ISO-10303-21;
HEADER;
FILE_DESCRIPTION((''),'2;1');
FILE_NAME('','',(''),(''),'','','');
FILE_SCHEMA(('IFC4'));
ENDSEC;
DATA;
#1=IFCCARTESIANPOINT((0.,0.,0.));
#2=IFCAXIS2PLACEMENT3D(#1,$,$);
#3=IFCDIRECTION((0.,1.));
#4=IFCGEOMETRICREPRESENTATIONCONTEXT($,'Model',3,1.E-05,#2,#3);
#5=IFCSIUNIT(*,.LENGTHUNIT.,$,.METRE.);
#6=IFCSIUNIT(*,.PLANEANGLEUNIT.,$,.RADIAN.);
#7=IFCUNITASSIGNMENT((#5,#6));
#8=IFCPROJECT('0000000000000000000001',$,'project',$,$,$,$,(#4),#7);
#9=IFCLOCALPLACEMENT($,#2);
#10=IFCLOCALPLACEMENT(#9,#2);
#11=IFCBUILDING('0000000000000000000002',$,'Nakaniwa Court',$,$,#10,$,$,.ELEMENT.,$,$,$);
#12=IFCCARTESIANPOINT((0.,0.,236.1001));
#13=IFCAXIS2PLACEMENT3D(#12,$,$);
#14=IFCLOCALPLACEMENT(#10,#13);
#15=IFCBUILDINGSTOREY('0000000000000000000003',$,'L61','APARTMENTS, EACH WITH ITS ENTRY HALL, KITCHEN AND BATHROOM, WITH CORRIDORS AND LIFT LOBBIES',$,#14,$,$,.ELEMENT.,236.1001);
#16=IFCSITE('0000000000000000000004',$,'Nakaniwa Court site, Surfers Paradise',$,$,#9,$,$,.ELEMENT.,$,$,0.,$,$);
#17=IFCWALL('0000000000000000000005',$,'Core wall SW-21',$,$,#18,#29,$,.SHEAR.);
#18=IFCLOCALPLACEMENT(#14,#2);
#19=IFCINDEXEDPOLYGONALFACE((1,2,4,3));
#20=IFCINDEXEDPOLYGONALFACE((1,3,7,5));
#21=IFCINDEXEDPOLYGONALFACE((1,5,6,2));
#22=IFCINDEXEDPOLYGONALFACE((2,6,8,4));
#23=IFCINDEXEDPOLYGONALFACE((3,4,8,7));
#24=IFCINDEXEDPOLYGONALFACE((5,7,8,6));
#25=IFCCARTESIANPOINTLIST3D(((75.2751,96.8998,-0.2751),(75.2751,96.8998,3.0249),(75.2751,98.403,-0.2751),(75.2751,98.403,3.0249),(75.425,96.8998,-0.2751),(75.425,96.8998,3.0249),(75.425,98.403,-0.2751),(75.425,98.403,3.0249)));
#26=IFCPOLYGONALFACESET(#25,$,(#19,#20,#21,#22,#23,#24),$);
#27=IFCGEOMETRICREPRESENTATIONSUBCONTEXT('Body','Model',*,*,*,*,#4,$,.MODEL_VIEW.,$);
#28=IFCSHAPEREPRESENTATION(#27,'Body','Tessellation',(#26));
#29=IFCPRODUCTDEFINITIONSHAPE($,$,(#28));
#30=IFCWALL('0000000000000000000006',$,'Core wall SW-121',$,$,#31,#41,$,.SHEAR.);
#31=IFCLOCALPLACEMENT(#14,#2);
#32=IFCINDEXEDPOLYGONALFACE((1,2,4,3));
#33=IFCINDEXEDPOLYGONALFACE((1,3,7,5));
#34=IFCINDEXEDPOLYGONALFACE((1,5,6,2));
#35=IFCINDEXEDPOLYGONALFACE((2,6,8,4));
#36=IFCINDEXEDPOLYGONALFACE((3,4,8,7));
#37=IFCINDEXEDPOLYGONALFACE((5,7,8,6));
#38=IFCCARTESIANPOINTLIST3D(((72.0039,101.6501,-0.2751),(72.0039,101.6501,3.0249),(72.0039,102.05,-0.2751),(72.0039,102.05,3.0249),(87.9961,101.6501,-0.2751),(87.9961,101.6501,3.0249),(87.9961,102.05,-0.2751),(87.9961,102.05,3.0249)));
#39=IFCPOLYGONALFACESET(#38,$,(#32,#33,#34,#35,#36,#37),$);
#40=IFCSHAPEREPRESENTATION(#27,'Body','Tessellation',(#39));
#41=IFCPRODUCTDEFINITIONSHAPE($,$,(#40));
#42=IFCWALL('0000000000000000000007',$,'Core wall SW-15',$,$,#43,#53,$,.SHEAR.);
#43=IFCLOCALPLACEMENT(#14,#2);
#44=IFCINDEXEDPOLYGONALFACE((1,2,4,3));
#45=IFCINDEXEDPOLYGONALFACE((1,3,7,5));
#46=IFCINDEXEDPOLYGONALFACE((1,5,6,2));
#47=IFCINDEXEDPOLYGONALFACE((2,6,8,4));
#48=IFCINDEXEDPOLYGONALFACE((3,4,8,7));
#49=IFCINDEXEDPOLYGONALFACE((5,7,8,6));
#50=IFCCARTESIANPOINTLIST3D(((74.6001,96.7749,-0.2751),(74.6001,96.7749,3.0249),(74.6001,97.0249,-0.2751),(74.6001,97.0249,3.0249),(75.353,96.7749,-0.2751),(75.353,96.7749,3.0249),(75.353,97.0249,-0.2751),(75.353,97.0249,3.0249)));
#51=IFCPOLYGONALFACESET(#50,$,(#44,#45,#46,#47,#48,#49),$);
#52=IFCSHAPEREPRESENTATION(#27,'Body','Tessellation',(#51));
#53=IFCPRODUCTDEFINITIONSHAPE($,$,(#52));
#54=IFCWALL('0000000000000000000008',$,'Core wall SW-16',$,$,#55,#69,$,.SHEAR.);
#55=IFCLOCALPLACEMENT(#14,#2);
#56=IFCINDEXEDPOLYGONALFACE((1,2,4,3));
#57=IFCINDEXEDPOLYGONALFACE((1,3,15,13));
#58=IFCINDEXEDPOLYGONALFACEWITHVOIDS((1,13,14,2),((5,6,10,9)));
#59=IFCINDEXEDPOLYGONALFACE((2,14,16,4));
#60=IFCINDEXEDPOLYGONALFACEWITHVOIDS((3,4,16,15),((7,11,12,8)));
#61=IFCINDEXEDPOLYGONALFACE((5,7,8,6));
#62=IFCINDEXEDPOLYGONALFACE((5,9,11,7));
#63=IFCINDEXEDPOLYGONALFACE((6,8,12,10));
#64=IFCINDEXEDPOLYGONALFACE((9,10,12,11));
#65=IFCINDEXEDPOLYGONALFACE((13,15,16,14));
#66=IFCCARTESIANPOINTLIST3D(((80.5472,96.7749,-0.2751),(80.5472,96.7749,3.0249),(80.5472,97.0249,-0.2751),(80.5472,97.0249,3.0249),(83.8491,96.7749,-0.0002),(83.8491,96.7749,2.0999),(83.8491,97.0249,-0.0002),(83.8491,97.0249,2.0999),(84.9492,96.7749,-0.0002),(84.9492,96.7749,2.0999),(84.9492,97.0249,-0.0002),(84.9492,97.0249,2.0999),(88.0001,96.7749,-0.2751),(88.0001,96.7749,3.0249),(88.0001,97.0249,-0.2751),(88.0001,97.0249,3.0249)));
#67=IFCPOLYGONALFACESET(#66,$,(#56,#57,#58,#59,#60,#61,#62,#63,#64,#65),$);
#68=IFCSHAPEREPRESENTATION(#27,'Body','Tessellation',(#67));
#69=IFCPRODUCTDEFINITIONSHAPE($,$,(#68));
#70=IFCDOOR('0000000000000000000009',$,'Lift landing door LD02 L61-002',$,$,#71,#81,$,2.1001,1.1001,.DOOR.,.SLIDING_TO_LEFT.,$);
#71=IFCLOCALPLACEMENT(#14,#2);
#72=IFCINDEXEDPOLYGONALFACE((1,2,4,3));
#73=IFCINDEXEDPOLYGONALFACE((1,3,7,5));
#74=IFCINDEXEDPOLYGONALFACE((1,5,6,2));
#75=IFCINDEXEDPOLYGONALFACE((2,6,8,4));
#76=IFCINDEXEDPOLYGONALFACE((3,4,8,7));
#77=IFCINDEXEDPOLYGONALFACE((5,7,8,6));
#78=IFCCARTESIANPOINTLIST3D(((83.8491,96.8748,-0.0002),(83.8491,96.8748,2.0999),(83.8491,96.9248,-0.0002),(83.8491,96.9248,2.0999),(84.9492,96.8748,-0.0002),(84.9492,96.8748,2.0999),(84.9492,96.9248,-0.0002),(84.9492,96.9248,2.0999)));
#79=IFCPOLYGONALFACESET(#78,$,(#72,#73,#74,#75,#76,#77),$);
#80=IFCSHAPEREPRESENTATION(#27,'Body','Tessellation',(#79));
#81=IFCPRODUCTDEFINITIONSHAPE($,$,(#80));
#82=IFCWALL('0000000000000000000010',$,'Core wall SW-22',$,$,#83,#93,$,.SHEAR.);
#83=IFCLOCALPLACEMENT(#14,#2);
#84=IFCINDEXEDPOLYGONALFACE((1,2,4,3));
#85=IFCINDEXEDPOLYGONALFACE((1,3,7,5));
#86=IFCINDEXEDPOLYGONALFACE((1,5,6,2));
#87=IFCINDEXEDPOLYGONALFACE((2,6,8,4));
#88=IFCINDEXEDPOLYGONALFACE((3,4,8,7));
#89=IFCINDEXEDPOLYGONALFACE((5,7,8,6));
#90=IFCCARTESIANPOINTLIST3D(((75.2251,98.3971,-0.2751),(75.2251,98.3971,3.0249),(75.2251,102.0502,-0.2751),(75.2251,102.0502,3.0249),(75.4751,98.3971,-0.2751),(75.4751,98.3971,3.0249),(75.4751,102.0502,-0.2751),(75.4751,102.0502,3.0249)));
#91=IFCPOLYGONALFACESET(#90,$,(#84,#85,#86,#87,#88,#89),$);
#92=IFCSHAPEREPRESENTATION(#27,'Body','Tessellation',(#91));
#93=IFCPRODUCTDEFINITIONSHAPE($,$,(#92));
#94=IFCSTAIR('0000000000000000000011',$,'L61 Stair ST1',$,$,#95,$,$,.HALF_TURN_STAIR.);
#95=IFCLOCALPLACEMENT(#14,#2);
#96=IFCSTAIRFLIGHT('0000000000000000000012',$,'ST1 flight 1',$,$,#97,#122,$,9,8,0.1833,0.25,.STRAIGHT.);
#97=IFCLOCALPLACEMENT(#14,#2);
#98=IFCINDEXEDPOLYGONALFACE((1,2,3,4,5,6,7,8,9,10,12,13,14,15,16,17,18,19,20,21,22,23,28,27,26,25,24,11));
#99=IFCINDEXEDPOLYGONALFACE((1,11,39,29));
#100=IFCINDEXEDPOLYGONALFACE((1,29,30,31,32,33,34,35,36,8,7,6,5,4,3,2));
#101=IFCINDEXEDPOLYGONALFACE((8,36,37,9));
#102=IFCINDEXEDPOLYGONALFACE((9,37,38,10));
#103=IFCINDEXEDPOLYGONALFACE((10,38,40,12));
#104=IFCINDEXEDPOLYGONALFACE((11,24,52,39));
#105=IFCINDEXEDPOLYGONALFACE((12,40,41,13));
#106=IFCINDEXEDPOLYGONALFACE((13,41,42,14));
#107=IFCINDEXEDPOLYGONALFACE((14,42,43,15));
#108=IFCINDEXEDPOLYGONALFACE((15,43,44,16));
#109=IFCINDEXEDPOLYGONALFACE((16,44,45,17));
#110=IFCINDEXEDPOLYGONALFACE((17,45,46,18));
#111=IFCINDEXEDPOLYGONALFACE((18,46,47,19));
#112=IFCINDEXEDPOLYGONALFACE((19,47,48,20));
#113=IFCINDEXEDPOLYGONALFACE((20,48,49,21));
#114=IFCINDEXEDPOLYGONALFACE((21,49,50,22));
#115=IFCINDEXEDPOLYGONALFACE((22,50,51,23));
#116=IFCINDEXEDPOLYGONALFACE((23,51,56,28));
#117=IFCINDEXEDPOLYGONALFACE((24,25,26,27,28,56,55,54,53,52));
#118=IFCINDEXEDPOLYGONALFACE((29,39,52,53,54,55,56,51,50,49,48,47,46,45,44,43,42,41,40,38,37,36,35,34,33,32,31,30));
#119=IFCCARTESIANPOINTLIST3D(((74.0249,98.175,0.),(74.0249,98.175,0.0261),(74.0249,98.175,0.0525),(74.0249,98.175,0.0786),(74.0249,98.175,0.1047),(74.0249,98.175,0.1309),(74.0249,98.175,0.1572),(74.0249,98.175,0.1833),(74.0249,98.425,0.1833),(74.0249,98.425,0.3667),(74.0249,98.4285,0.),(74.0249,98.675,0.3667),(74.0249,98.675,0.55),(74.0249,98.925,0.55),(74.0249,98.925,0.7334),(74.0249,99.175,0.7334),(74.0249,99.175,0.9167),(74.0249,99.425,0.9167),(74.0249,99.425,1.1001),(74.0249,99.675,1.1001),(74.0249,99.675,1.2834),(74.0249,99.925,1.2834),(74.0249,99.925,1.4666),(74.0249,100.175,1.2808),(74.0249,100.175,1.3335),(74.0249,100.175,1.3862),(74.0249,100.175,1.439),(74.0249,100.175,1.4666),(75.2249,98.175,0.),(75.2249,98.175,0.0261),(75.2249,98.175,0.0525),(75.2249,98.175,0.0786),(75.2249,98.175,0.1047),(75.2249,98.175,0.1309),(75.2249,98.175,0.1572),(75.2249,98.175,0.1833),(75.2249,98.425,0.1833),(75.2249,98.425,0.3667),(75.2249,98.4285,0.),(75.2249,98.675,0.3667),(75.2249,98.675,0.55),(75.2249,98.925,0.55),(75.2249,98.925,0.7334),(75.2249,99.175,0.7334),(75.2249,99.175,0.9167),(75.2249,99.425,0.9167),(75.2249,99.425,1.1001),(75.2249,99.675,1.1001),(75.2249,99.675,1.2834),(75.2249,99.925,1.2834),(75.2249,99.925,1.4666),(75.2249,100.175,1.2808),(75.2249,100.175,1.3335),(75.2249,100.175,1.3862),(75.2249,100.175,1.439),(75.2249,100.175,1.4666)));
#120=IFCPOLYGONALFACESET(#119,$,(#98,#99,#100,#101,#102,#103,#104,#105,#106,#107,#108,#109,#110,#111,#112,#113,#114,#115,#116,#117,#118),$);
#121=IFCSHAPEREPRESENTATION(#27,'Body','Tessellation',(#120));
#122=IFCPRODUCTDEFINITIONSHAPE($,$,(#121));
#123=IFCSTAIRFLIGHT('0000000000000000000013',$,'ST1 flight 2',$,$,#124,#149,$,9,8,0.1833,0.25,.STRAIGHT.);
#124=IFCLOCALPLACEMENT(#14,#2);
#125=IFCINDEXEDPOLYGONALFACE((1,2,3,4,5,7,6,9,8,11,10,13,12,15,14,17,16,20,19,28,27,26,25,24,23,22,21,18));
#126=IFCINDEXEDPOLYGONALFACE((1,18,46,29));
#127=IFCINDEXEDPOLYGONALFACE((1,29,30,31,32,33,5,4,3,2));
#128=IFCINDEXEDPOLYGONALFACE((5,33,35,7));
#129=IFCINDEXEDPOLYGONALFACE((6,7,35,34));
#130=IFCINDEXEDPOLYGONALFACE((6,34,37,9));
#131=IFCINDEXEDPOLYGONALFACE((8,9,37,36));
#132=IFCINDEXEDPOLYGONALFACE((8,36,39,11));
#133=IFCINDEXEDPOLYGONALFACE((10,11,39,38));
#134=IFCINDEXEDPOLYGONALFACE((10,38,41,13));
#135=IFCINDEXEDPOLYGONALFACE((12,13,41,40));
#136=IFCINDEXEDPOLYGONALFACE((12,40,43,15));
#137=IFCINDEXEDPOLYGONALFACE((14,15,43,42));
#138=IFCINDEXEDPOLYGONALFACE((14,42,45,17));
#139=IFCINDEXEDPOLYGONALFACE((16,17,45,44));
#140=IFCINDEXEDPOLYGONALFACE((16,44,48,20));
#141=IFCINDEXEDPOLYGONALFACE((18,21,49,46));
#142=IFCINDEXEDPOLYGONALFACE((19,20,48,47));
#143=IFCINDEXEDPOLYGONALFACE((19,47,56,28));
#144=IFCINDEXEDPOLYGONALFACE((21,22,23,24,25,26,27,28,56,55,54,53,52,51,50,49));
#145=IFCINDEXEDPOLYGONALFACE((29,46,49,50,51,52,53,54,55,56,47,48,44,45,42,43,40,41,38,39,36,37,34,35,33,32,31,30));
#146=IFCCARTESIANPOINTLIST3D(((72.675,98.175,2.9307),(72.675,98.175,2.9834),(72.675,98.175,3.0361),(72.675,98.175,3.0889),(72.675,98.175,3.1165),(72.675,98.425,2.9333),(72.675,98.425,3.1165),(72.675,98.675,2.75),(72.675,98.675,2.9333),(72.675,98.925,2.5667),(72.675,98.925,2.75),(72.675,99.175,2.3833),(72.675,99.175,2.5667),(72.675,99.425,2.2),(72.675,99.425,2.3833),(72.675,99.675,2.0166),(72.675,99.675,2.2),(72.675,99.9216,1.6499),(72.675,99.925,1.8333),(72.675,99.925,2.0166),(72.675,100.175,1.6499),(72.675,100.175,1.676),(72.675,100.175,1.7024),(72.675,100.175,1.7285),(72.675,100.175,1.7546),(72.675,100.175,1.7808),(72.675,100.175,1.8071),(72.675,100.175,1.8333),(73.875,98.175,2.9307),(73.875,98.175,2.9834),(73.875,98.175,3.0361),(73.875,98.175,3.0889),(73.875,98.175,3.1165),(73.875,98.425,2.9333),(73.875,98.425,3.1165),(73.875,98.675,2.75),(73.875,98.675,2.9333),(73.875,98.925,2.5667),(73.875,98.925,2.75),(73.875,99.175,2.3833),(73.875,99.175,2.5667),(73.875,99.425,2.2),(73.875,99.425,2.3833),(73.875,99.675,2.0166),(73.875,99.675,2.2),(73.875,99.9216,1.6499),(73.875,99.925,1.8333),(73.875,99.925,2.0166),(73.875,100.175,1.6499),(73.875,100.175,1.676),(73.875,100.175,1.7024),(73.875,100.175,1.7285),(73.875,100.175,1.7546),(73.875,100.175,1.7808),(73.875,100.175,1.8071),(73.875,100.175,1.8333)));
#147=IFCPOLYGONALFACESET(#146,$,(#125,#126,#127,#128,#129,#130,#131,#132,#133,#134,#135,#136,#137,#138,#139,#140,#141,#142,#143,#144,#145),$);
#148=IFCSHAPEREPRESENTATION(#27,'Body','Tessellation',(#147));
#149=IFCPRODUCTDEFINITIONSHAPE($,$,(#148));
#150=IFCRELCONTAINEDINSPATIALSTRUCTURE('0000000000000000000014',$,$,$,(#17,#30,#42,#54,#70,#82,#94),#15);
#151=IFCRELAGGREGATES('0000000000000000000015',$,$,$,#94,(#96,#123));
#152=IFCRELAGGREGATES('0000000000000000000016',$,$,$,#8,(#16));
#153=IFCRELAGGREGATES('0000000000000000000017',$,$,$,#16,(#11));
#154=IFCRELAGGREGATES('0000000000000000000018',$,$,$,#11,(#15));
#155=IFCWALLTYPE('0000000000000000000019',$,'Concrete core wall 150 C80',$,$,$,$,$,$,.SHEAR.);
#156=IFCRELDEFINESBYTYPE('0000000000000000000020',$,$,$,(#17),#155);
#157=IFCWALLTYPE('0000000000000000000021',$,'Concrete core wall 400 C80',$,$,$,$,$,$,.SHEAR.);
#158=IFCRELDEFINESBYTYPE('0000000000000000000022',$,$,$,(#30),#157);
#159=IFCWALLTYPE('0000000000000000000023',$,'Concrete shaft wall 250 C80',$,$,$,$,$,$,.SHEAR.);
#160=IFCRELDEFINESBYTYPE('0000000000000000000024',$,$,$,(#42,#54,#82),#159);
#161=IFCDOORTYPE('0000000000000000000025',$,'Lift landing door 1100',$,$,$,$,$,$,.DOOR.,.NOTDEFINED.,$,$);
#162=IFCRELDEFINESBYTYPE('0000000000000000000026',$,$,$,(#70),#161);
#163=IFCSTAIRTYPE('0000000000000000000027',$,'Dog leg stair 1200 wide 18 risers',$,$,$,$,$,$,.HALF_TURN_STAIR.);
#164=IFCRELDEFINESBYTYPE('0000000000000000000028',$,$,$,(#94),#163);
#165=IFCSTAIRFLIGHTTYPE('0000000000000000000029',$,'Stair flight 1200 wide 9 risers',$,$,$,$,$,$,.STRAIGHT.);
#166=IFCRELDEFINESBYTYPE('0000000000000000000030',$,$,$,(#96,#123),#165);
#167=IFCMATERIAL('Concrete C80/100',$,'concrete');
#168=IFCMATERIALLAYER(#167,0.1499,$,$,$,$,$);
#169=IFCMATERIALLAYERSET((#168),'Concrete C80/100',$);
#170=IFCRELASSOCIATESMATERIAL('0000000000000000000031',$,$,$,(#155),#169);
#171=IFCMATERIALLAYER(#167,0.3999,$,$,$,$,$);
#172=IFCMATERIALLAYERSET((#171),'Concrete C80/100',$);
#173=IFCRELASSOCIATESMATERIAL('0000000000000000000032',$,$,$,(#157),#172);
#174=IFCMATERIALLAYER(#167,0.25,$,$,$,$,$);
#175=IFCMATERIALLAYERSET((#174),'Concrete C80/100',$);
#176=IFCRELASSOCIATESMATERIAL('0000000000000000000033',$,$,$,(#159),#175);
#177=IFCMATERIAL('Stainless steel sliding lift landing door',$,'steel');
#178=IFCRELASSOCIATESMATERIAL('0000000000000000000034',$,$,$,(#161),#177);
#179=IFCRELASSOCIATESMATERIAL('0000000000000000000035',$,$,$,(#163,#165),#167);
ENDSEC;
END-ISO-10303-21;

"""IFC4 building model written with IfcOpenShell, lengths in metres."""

from ifc_helpers import new_model, si_unit, direction, frame, frame_2d, origin, place, context, subcontext, project, spatial, polyline, rectangle, outline, extrude, material, layer, layer_set, type_object, element, fill, aggregate, save


model = new_model("IFC4")

# Units and contexts
model_context = context("Model", 3, precision=1e-05, world=origin(), true_north=direction((0.0, 1.0)))
body_context = subcontext(model_context, "Body", "Model", "MODEL_VIEW")
ifc_project = project(units=[si_unit("LENGTHUNIT", "METRE"), si_unit("PLANEANGLEUNIT", "RADIAN")], contexts=[model_context])

# Site, building, storey
site_placement = place(None, origin())
site = spatial("IfcSite", under=ifc_project, at=site_placement, Name="Nakaniwa Court site, Surfers Paradise", CompositionType="ELEMENT", RefElevation=0.0)
building_placement = place(site_placement, origin())
building = spatial("IfcBuilding", under=site, at=building_placement, Name="Nakaniwa Court", CompositionType="ELEMENT")
storey_placement = place(building_placement, frame((0.0, 0.0, 236.1001)))
storey = spatial("IfcBuildingStorey", under=building, at=storey_placement, Name="L61", Description="APARTMENTS, EACH WITH ITS ENTRY HALL, KITCHEN AND BATHROOM, WITH CORRIDORS AND LIFT LOBBIES", CompositionType="ELEMENT", Elevation=236.1001)

# Shared definitions
ifc_material_1 = material(Name="Concrete C80/100", Category="concrete")

# Shared definitions
ifc_layer_1 = layer(ifc_material_1, 0.1499)
ifc_layer_set_1 = layer_set([ifc_layer_1], Name="Concrete C80/100")
wall_type_1 = type_object("IfcWallType", Name="Concrete core wall 150 C80", PredefinedType="SHEAR", material=ifc_layer_set_1)

# Walls
wall_1_placement = place(storey_placement, frame((75.3501, 96.8999, -0.2751), z_axis=(0.0, 0.0, 1.0), x_axis=(0.0, 1.0, 0.0)))
element("IfcWall", 1, at=wall_1_placement, inside=storey, type_object=wall_type_1, Name="Core wall SW-21", PredefinedType="SHEAR", context=body_context, shape_type="SweptSolid", body=[
    extrude(rectangle(XDim=1.5032, YDim=0.1499, at=frame_2d((0.7515, 0.0))), origin(), (0.0, 0.0, 1.0), 3.3),
])
ifc_layer_2 = layer(ifc_material_1, 0.3999)
ifc_layer_set_2 = layer_set([ifc_layer_2], Name="Concrete C80/100")
wall_type_2 = type_object("IfcWallType", Name="Concrete core wall 400 C80", PredefinedType="SHEAR", material=ifc_layer_set_2)
wall_2_placement = place(storey_placement, frame((72.0039, 101.8501, -0.2751), z_axis=(0.0, 0.0, 1.0), x_axis=(1.0, 0.0, 0.0)))
element("IfcWall", 2, at=wall_2_placement, inside=storey, type_object=wall_type_2, Name="Core wall SW-121", PredefinedType="SHEAR", context=body_context, shape_type="SweptSolid", body=[
    extrude(rectangle(XDim=15.9922, YDim=0.3999, at=frame_2d((7.9961, 0.0))), origin(), (0.0, 0.0, 1.0), 3.3),
])
ifc_layer_3 = layer(ifc_material_1, 0.25)
ifc_layer_set_3 = layer_set([ifc_layer_3], Name="Concrete C80/100")
wall_type_3 = type_object("IfcWallType", Name="Concrete shaft wall 250 C80", PredefinedType="SHEAR", material=ifc_layer_set_3)
wall_3_placement = place(storey_placement, frame((74.6001, 96.8999, -0.2751), z_axis=(0.0, 0.0, 1.0), x_axis=(1.0, 0.0, 0.0)))
element("IfcWall", 3, at=wall_3_placement, inside=storey, type_object=wall_type_3, Name="Core wall SW-15", PredefinedType="SHEAR", context=body_context, shape_type="SweptSolid", body=[
    extrude(rectangle(XDim=0.7529, YDim=0.25, at=frame_2d((0.3765, 0.0))), origin(), (0.0, 0.0, 1.0), 3.3),
])

# Wall, opening, door
wall_4_placement = place(storey_placement, frame((80.5471, 96.8999, -0.2751), z_axis=(0.0, 0.0, 1.0), x_axis=(1.0, 0.0, 0.0)))
wall_4 = element("IfcWall", 4, at=wall_4_placement, inside=storey, type_object=wall_type_3, Name="Core wall SW-16", PredefinedType="SHEAR", context=body_context, shape_type="SweptSolid", body=[
    extrude(rectangle(XDim=7.4529, YDim=0.25, at=frame_2d((3.7266, 0.0))), origin(), (0.0, 0.0, 1.0), 3.3),
])
opening_1_placement = place(wall_4_placement, frame((3.302, 0.0, 0.2749)))
opening_1 = element("IfcOpeningElement", 5, at=opening_1_placement, cuts=wall_4, PredefinedType="OPENING", context=body_context, shape_type="SweptSolid", body=[
    extrude(rectangle(XDim=1.1001, YDim=2.1001, at=frame_2d((0.55, 1.05))), frame((0.0, 0.135, 0.0), z_axis=(0.0, -1.0, 0.0), x_axis=(1.0, 0.0, 0.0)), (0.0, 0.0, 1.0), 0.27),
])
ifc_material_2 = material(Name="Stainless steel sliding lift landing door", Category="steel")
door_type_1 = type_object("IfcDoorType", Name="Lift landing door 1100", OperationType="NOTDEFINED", PredefinedType="DOOR", material=ifc_material_2)
door_1_placement = place(opening_1_placement, origin())
door_1 = element("IfcDoor", 6, at=door_1_placement, inside=storey, type_object=door_type_1, Name="Lift landing door LD02 L61-002", OperationType="SLIDING_TO_LEFT", OverallHeight=2.1001, OverallWidth=1.1001, PredefinedType="DOOR", context=body_context, shape_type="SweptSolid", body=[
    extrude(rectangle(XDim=1.1001, YDim=2.1001, at=frame_2d((0.55, 1.05))), frame((0.0, 0.0249, 0.0), z_axis=(0.0, -1.0, 0.0), x_axis=(1.0, 0.0, 0.0)), (0.0, 0.0, 1.0), 0.05),
])
fill(opening_1, door_1)

# Wall
wall_5_placement = place(storey_placement, frame((75.3501, 98.397, -0.2751), z_axis=(0.0, 0.0, 1.0), x_axis=(0.0, 1.0, 0.0)))
element("IfcWall", 7, at=wall_5_placement, inside=storey, type_object=wall_type_3, Name="Core wall SW-22", PredefinedType="SHEAR", context=body_context, shape_type="SweptSolid", body=[
    extrude(rectangle(XDim=3.6531, YDim=0.25, at=frame_2d((1.8267, 0.0))), origin(), (0.0, 0.0, 1.0), 3.3),
])

# Stair, stair flights
stair_type = type_object("IfcStairType", Name="Dog leg stair 1200 wide 18 risers", PredefinedType="HALF_TURN_STAIR", material=ifc_material_1)
stair_placement = place(storey_placement, origin())
stair = element("IfcStair", 8, at=stair_placement, inside=storey, type_object=stair_type, Name="L61 Stair ST1", PredefinedType="HALF_TURN_STAIR")
stair_flight_type = type_object("IfcStairFlightType", Name="Stair flight 1200 wide 9 risers", PredefinedType="STRAIGHT", material=ifc_material_1)
stair_flight_1_placement = place(storey_placement, frame((74.625, 98.175, 0.0), z_axis=(0.0, 0.0, 1.0), x_axis=(0.0, 1.0, 0.0)))
stair_flight_1 = element("IfcStairFlight", 9, at=stair_flight_1_placement, type_object=stair_flight_type, Name="ST1 flight 1", NumberOfRisers=9, NumberOfTreads=8, PredefinedType="STRAIGHT", RiserHeight=0.1833, TreadLength=0.25, context=body_context, shape_type="SweptSolid", body=[
    extrude(outline(polyline([(0.0, 0.0), (0.0, 0.0261), (0.0, 0.0525), (0.0, 0.0786), (0.0, 0.1047), (0.0, 0.1309), (0.0, 0.1572), (0.0, 0.1833), (0.25, 0.1833), (0.25, 0.3667), (0.5, 0.3667), (0.5, 0.55), (0.75, 0.55), (0.75, 0.7334), (1.0, 0.7334), (1.0, 0.9167), (1.25, 0.9167), (1.25, 1.1001), (1.5, 1.1001), (1.5, 1.2834), (1.75, 1.2834), (1.75, 1.4666), (2.0, 1.4666), (2.0, 1.6499), (2.0, 1.5972), (2.0, 1.5444), (2.0, 1.4917), (2.0, 1.439), (2.0, 1.3862), (2.0, 1.3335), (2.0, 1.2808), (0.2534, 0.0), (0.0, 0.0)])), frame((0.0, 0.6001, 0.0), z_axis=(0.0, -1.0, 0.0), x_axis=(1.0, 0.0, 0.0)), (0.0, 0.0, 1.0), 1.2),
])
stair_flight_2_placement = place(storey_placement, frame((73.2749, 100.175, 1.6499), z_axis=(0.0, 0.0, 1.0), x_axis=(0.0, -1.0, 0.0)))
stair_flight_2 = element("IfcStairFlight", 10, at=stair_flight_2_placement, type_object=stair_flight_type, Name="ST1 flight 2", NumberOfRisers=9, NumberOfTreads=8, PredefinedType="STRAIGHT", RiserHeight=0.1833, TreadLength=0.25, context=body_context, shape_type="SweptSolid", body=[
    extrude(outline(polyline([(0.0, 0.0), (0.0, 0.0261), (0.0, 0.0525), (0.0, 0.0786), (0.0, 0.1047), (0.0, 0.1309), (0.0, 0.1572), (0.0, 0.1833), (0.25, 0.1833), (0.25, 0.3667), (0.5, 0.3667), (0.5, 0.55), (0.75, 0.55), (0.75, 0.7334), (1.0, 0.7334), (1.0, 0.9167), (1.25, 0.9167), (1.25, 1.1001), (1.5, 1.1001), (1.5, 1.2834), (1.75, 1.2834), (1.75, 1.4666), (2.0, 1.4666), (2.0, 1.6499), (2.0, 1.5972), (2.0, 1.5444), (2.0, 1.4917), (2.0, 1.439), (2.0, 1.3862), (2.0, 1.3335), (2.0, 1.2808), (0.2534, 0.0), (0.0, 0.0)])), frame((0.0, 0.6001, 0.0), z_axis=(0.0, -1.0, 0.0), x_axis=(1.0, 0.0, 0.0)), (0.0, 0.0, 1.0), 1.2),
])
aggregate(stair, [stair_flight_1, stair_flight_2])

save(model, "model.ifc")
